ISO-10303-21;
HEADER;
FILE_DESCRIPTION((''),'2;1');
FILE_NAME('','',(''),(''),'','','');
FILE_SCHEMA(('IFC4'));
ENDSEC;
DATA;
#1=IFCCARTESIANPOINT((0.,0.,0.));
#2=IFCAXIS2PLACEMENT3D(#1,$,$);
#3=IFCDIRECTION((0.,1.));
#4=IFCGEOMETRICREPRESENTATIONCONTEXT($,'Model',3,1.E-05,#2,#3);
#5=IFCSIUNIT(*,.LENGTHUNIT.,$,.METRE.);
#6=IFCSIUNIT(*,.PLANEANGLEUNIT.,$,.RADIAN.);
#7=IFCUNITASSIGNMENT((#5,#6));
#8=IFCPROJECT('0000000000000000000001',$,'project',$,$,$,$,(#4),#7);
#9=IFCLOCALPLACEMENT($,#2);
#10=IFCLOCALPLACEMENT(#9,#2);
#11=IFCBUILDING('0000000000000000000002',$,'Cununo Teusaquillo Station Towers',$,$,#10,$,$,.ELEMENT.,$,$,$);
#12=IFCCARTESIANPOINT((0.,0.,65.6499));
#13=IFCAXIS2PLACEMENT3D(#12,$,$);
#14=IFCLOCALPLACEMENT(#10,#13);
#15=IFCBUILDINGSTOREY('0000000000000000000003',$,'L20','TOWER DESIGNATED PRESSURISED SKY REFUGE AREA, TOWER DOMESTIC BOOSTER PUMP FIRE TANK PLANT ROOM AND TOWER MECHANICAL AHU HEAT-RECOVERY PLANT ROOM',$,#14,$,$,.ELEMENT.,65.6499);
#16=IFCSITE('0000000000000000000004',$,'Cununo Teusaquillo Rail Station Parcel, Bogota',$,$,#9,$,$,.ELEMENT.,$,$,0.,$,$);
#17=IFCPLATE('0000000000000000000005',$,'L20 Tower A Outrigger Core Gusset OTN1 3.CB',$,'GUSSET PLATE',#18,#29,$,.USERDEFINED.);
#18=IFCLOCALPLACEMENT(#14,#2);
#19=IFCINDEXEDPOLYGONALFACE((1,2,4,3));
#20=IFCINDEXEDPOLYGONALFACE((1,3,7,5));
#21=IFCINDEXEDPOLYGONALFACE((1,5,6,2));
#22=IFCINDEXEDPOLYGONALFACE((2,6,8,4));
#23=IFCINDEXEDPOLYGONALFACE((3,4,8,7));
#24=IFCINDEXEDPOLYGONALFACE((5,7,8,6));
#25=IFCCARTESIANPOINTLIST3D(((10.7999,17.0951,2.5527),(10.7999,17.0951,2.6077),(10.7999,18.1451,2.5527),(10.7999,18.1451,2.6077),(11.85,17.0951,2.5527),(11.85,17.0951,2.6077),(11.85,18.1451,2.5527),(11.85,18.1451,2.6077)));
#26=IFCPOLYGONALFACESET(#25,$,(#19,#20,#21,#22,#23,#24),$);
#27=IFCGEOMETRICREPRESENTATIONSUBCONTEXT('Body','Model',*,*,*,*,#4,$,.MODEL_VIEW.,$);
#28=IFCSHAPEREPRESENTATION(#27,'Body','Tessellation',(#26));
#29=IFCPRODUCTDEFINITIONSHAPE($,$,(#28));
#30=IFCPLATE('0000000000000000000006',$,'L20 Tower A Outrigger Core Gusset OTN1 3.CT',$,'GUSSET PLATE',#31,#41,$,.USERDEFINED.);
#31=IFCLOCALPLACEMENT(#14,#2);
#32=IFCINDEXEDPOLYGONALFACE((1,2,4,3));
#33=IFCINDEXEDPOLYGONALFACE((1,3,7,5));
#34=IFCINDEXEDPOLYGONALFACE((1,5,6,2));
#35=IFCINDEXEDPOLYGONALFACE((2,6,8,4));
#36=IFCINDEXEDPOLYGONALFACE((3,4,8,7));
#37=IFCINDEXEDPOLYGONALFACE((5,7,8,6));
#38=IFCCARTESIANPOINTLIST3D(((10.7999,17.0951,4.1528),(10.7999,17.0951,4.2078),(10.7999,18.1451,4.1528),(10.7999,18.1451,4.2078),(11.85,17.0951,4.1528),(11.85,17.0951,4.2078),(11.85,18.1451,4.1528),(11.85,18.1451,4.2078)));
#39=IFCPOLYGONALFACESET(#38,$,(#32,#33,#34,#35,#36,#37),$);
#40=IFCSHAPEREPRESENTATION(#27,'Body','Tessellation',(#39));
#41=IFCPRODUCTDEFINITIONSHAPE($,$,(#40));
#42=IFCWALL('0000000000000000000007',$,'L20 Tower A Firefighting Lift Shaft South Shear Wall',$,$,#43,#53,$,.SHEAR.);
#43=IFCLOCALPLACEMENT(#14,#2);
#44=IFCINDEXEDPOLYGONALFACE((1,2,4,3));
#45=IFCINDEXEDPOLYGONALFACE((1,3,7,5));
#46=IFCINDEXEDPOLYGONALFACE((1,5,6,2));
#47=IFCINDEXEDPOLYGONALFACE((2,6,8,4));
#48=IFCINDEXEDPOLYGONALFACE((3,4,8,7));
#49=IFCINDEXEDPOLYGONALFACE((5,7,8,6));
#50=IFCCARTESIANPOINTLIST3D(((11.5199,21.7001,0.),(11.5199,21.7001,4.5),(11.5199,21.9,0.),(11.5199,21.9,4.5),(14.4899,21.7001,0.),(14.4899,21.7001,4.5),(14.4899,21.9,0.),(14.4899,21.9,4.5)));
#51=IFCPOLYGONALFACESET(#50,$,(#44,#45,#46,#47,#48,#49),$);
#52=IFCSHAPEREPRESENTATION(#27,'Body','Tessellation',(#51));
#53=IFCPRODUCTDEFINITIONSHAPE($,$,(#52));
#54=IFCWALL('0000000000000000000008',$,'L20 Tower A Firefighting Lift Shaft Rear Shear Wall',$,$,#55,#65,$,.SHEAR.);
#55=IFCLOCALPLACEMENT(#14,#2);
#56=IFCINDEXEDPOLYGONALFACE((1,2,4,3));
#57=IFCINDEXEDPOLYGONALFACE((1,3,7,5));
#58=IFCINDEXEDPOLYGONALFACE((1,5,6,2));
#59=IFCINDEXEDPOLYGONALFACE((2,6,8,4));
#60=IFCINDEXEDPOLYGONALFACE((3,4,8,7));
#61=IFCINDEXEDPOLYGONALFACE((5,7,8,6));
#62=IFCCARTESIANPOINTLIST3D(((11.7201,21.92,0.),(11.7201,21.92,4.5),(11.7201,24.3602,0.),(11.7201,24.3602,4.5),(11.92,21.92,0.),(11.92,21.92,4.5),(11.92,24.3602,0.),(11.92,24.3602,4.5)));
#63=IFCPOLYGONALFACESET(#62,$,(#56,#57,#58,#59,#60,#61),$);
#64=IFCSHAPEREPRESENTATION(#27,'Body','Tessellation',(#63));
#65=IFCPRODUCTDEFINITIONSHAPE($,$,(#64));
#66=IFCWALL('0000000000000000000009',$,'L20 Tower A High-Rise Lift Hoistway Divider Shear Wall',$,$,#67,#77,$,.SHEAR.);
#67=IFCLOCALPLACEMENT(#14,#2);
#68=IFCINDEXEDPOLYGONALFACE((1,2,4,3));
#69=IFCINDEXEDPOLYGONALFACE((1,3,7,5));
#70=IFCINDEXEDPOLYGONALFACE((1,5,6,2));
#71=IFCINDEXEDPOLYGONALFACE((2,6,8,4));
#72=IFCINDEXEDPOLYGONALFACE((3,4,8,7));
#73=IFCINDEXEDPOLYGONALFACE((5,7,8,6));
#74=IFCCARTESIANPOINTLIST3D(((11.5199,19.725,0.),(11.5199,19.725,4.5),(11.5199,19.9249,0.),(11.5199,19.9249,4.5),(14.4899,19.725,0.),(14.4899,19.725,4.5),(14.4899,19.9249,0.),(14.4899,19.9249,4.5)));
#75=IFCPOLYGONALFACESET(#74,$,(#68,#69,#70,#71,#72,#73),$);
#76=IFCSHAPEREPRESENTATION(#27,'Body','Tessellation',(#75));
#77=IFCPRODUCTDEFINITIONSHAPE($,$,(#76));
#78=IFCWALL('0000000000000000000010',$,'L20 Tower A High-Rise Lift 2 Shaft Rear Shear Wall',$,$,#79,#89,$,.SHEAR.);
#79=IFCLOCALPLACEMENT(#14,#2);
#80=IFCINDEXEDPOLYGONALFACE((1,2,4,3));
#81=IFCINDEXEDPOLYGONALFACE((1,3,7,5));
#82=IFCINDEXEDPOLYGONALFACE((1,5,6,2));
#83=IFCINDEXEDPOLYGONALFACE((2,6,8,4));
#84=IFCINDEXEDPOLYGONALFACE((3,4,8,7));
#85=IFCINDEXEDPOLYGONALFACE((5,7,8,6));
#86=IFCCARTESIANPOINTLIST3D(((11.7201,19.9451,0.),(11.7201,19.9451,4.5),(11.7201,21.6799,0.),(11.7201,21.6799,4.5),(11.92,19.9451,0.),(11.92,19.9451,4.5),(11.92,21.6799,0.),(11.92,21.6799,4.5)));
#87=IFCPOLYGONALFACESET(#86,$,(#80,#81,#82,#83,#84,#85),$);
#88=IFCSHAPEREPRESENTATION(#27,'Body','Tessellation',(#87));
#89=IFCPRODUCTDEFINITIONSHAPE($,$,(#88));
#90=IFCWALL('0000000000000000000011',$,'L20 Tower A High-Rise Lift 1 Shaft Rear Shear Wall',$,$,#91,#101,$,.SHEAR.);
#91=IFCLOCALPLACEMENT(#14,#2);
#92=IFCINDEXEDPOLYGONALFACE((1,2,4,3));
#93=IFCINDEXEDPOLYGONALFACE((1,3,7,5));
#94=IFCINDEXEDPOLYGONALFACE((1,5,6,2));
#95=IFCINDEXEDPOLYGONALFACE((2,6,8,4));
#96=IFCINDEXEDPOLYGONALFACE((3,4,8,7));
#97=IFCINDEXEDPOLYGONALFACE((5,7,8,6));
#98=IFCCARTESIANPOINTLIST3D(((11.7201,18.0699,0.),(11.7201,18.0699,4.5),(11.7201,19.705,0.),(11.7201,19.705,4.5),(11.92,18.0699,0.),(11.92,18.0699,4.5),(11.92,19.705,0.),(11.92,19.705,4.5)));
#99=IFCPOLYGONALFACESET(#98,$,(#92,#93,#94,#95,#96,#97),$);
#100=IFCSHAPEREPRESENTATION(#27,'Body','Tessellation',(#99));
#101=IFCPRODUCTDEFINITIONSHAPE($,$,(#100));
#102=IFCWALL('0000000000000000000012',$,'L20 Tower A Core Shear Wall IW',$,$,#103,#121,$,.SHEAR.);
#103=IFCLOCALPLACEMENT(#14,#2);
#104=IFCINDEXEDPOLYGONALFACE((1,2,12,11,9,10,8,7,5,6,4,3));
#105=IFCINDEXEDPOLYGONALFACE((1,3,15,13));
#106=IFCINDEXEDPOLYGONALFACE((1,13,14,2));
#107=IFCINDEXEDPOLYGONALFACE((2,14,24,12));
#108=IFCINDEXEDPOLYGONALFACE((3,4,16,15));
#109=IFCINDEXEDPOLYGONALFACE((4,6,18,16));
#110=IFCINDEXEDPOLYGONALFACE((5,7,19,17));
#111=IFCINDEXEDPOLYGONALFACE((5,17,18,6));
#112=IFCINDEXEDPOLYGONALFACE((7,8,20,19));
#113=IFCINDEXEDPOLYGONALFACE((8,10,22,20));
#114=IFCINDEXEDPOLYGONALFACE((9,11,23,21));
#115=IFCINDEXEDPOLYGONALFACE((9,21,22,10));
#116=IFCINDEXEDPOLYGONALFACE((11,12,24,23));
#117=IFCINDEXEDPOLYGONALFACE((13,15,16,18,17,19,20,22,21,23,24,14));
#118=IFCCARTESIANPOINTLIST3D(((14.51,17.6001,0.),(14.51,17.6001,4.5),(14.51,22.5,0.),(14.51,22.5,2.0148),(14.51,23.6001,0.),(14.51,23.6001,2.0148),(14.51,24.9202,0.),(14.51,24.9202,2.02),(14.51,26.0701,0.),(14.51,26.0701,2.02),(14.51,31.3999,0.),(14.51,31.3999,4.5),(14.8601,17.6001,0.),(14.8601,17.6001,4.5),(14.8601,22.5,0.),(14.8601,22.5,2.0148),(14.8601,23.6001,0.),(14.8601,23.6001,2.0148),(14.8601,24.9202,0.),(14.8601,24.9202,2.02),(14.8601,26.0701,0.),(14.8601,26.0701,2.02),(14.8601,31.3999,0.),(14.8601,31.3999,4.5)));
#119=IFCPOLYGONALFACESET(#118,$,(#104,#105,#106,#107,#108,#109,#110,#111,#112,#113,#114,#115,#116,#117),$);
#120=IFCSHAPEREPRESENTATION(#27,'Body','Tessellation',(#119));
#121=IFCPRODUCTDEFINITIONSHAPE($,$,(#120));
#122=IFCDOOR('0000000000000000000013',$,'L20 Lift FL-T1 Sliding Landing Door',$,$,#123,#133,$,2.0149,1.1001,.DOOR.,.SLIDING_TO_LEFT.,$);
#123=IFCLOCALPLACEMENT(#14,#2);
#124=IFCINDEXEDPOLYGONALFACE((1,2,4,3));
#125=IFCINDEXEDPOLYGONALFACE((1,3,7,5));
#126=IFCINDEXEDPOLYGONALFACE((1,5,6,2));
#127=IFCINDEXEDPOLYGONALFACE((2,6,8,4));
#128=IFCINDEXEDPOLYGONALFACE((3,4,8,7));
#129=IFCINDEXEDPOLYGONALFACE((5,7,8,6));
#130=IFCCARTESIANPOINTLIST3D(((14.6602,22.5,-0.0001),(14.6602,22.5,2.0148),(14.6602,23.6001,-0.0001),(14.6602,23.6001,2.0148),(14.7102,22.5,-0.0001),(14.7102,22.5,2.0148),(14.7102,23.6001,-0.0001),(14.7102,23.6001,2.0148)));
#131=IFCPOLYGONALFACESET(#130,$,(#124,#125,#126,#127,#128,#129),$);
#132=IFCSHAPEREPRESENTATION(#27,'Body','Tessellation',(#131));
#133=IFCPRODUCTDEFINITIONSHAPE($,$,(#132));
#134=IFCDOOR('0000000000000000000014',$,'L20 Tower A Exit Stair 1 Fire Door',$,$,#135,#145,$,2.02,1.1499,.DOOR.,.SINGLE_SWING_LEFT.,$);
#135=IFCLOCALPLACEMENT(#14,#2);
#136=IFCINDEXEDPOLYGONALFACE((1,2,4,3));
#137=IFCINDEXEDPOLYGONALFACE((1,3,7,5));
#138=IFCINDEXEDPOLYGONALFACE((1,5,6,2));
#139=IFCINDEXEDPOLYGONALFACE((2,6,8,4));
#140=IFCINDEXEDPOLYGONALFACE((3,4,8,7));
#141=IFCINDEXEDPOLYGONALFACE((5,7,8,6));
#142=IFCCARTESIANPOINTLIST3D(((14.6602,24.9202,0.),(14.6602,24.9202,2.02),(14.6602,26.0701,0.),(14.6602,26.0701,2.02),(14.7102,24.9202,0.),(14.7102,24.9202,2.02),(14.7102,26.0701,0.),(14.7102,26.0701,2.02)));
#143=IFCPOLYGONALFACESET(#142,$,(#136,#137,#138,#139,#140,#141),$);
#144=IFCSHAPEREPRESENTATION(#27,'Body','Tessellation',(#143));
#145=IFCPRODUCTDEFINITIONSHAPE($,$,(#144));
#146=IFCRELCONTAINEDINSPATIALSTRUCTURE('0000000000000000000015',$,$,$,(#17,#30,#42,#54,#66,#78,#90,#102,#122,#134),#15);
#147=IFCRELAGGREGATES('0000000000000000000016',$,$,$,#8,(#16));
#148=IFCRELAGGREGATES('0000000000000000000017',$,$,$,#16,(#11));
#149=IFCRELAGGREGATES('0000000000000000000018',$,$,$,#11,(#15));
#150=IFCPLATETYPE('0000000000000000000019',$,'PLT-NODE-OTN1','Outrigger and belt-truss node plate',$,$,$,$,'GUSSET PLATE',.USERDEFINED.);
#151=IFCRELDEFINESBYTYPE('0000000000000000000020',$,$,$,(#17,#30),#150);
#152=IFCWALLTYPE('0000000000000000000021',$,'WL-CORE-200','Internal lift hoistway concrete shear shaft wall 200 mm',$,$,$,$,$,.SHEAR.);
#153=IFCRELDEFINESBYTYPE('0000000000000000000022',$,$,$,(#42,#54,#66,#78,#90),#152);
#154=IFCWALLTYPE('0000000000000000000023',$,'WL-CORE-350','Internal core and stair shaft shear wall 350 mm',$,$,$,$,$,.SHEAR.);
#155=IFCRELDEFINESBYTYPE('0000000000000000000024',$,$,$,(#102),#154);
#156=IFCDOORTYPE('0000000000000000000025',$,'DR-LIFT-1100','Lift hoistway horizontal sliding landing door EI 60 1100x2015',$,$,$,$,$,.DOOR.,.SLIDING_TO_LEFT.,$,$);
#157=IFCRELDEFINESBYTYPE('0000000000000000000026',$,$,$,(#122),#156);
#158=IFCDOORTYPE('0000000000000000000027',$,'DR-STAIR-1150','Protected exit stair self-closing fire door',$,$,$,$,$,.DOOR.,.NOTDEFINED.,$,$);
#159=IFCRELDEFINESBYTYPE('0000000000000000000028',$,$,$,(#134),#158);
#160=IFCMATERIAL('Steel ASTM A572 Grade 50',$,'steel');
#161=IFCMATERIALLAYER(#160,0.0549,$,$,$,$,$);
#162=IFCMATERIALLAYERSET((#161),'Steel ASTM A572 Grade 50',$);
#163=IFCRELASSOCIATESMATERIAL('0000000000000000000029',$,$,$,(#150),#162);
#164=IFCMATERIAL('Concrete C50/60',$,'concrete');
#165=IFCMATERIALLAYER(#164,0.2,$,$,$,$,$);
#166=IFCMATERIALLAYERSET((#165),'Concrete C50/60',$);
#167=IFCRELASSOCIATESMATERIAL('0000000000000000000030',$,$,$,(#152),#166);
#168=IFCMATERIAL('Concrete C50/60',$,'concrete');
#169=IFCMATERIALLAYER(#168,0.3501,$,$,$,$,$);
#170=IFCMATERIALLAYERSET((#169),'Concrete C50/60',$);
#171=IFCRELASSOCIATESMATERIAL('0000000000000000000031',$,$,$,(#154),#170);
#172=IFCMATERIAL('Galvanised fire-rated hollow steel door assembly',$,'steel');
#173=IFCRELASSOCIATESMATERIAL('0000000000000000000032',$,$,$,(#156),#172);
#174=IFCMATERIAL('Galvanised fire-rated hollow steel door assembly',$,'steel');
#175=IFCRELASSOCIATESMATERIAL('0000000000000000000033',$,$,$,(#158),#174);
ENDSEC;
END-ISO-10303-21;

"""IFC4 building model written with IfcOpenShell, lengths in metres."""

from ifc_helpers import new_model, si_unit, direction, frame, frame_2d, origin, origin_2d, place, context, subcontext, project, spatial, rectangle, extrude, source, transform, mapped, material, layer, layer_set, type_object, element, fill, save


model = new_model("IFC4")

# Units and contexts
model_context = context("Model", 3, precision=1e-05, world=origin(), true_north=direction((0.0, 1.0)))
body_context = subcontext(model_context, "Body", "Model", "MODEL_VIEW")
ifc_project = project(units=[si_unit("LENGTHUNIT", "METRE"), si_unit("PLANEANGLEUNIT", "RADIAN")], contexts=[model_context])

# Site, building, storey
site_placement = place(None, origin())
site = spatial("IfcSite", under=ifc_project, at=site_placement, Name="Cununo Teusaquillo Rail Station Parcel, Bogota", CompositionType="ELEMENT", RefElevation=0.0)
building_placement = place(site_placement, origin())
building = spatial("IfcBuilding", under=site, at=building_placement, Name="Cununo Teusaquillo Station Towers", CompositionType="ELEMENT")
storey_placement = place(building_placement, frame((0.0, 0.0, 65.6499)))
storey = spatial("IfcBuildingStorey", under=building, at=storey_placement, Name="L20", Description="TOWER DESIGNATED PRESSURISED SKY REFUGE AREA, TOWER DOMESTIC BOOSTER PUMP FIRE TANK PLANT ROOM AND TOWER MECHANICAL AHU HEAT-RECOVERY PLANT ROOM", CompositionType="ELEMENT", Elevation=65.6499)

# Plates
ifc_material_1 = material(Name="Steel ASTM A572 Grade 50", Category="steel")
ifc_layer_1 = layer(ifc_material_1, 0.0549)
ifc_layer_set_1 = layer_set([ifc_layer_1], Name="Steel ASTM A572 Grade 50")
plate_type = type_object("IfcPlateType", Name="PLT-NODE-OTN1", Description="Outrigger and belt-truss node plate", ElementType="GUSSET PLATE", PredefinedType="USERDEFINED", material=ifc_layer_set_1)
shared_shape_1 = source(origin(), body_context, "Body", "SweptSolid", [
    extrude(rectangle(XDim=1.05, YDim=1.05, at=origin_2d()), origin(), (0.0, 0.0, 1.0), 0.0549),
])
for number, where, z_axis, x_axis, name in (
    (1, (11.325, 17.6201, 2.5527), (0.0, 0.0, 1.0), (1.0, 0.0, 0.0), "L20 Tower A Outrigger Core Gusset OTN1 3.CB"),
    (2, (11.325, 17.6201, 4.1528), (0.0, 0.0, 1.0), (1.0, 0.0, 0.0), "L20 Tower A Outrigger Core Gusset OTN1 3.CT"),
):
    element("IfcPlate", number, at=place(storey_placement, frame(where, z_axis=z_axis, x_axis=x_axis)), inside=storey, type_object=plate_type, Name=name, ObjectType="GUSSET PLATE", PredefinedType="USERDEFINED", context=body_context, shape_type="MappedRepresentation", body=[
        mapped(shared_shape_1, transform((0.0, 0.0, 0.0), x_axis=(1.0, 0.0, 0.0), y_axis=(0.0, 1.0, 0.0), z_axis=(0.0, 0.0, 1.0), scale=1.0)),
    ])

# Walls
ifc_material_2 = material(Name="Concrete C50/60", Category="concrete")
ifc_layer_2 = layer(ifc_material_2, 0.2)
ifc_layer_set_2 = layer_set([ifc_layer_2], Name="Concrete C50/60")
wall_type_1 = type_object("IfcWallType", Name="WL-CORE-200", Description="Internal lift hoistway concrete shear shaft wall 200 mm", PredefinedType="SHEAR", material=ifc_layer_set_2)
wall_1_placement = place(storey_placement, frame((11.52, 21.8, 0.0), z_axis=(0.0, 0.0, 1.0), x_axis=(1.0, 0.0, 0.0)))
element("IfcWall", 3, at=wall_1_placement, inside=storey, type_object=wall_type_1, Name="L20 Tower A Firefighting Lift Shaft South Shear Wall", PredefinedType="SHEAR", context=body_context, shape_type="SweptSolid", body=[
    extrude(rectangle(XDim=2.97, YDim=0.2, at=frame_2d((1.4849, 0.0))), origin(), (0.0, 0.0, 1.0), 4.5),
])
wall_2_placement = place(storey_placement, frame((11.8201, 21.9199, 0.0), z_axis=(0.0, 0.0, 1.0), x_axis=(0.0, 1.0, 0.0)))
element("IfcWall", 4, at=wall_2_placement, inside=storey, type_object=wall_type_1, Name="L20 Tower A Firefighting Lift Shaft Rear Shear Wall", PredefinedType="SHEAR", context=body_context, shape_type="SweptSolid", body=[
    extrude(rectangle(XDim=2.4402, YDim=0.2, at=frame_2d((1.2202, 0.0))), origin(), (0.0, 0.0, 1.0), 4.5),
])
wall_3_placement = place(storey_placement, frame((11.52, 19.825, 0.0), z_axis=(0.0, 0.0, 1.0), x_axis=(1.0, 0.0, 0.0)))
element("IfcWall", 5, at=wall_3_placement, inside=storey, type_object=wall_type_1, Name="L20 Tower A High-Rise Lift Hoistway Divider Shear Wall", PredefinedType="SHEAR", context=body_context, shape_type="SweptSolid", body=[
    extrude(rectangle(XDim=2.97, YDim=0.2, at=frame_2d((1.4849, 0.0))), origin(), (0.0, 0.0, 1.0), 4.5),
])
wall_4_placement = place(storey_placement, frame((11.8201, 19.9451, 0.0), z_axis=(0.0, 0.0, 1.0), x_axis=(0.0, 1.0, 0.0)))
element("IfcWall", 6, at=wall_4_placement, inside=storey, type_object=wall_type_1, Name="L20 Tower A High-Rise Lift 2 Shaft Rear Shear Wall", PredefinedType="SHEAR", context=body_context, shape_type="SweptSolid", body=[
    extrude(rectangle(XDim=1.7349, YDim=0.2, at=frame_2d((0.8674, 0.0))), origin(), (0.0, 0.0, 1.0), 4.5),
])
wall_5_placement = place(storey_placement, frame((11.8201, 18.0701, 0.0), z_axis=(0.0, 0.0, 1.0), x_axis=(0.0, 1.0, 0.0)))
element("IfcWall", 7, at=wall_5_placement, inside=storey, type_object=wall_type_1, Name="L20 Tower A High-Rise Lift 1 Shaft Rear Shear Wall", PredefinedType="SHEAR", context=body_context, shape_type="SweptSolid", body=[
    extrude(rectangle(XDim=1.635, YDim=0.2, at=frame_2d((0.8174, 0.0))), origin(), (0.0, 0.0, 1.0), 4.5),
])

# Wall, openings, doors
ifc_material_3 = material(Name="Concrete C50/60", Category="concrete")
ifc_layer_3 = layer(ifc_material_3, 0.3501)
ifc_layer_set_3 = layer_set([ifc_layer_3], Name="Concrete C50/60")
wall_type_2 = type_object("IfcWallType", Name="WL-CORE-350", Description="Internal core and stair shaft shear wall 350 mm", PredefinedType="SHEAR", material=ifc_layer_set_3)
wall_6_placement = place(storey_placement, frame((14.6851, 17.6001, 0.0), z_axis=(0.0, 0.0, 1.0), x_axis=(0.0, 1.0, 0.0)))
wall_6 = element("IfcWall", 8, at=wall_6_placement, inside=storey, type_object=wall_type_2, Name="L20 Tower A Core Shear Wall IW", PredefinedType="SHEAR", context=body_context, shape_type="SweptSolid", body=[
    extrude(rectangle(XDim=13.7998, YDim=0.3501, at=frame_2d((6.8999, 0.0))), origin(), (0.0, 0.0, 1.0), 4.5),
])
shared_shape_2 = source(origin(), body_context, "Body", "SweptSolid", [
    extrude(rectangle(XDim=1.1001, YDim=2.0149, at=frame_2d((0.55, 1.0073))), frame((0.0, 0.1851, 0.0), z_axis=(0.0, -1.0, 0.0), x_axis=(1.0, 0.0, 0.0)), (0.0, 0.0, 1.0), 0.3701),
])
opening_1_placement = place(wall_6_placement, frame((4.8999, 0.0, 0.0)))
opening_1 = element("IfcOpeningElement", 9, at=opening_1_placement, cuts=wall_6, PredefinedType="OPENING", context=body_context, shape_type="MappedRepresentation", body=[
    mapped(shared_shape_2, transform((0.0, 0.0, 0.0), x_axis=(1.0, 0.0, 0.0), y_axis=(0.0, 1.0, 0.0), z_axis=(0.0, 0.0, 1.0), scale=1.0)),
])
shared_shape_3 = source(origin(), body_context, "Body", "SweptSolid", [
    extrude(rectangle(XDim=1.1499, YDim=2.02, at=frame_2d((0.575, 1.01))), frame((0.0, 0.1851, 0.0), z_axis=(0.0, -1.0, 0.0), x_axis=(1.0, 0.0, 0.0)), (0.0, 0.0, 1.0), 0.3701),
])
opening_2_placement = place(wall_6_placement, frame((7.3201, 0.0, 0.0)))
opening_2 = element("IfcOpeningElement", 10, at=opening_2_placement, cuts=wall_6, PredefinedType="OPENING", context=body_context, shape_type="MappedRepresentation", body=[
    mapped(shared_shape_3, transform((0.0, 0.0, 0.0), x_axis=(1.0, 0.0, 0.0), y_axis=(0.0, 1.0, 0.0), z_axis=(0.0, 0.0, 1.0), scale=1.0)),
])
ifc_material_4 = material(Name="Galvanised fire-rated hollow steel door assembly", Category="steel")
door_type_1 = type_object("IfcDoorType", Name="DR-LIFT-1100", Description="Lift hoistway horizontal sliding landing door EI 60 1100x2015", OperationType="SLIDING_TO_LEFT", PredefinedType="DOOR", material=ifc_material_4)
shared_shape_4 = source(origin(), body_context, "Body", "SweptSolid", [
    extrude(rectangle(XDim=1.1001, YDim=2.0149, at=frame_2d((0.55, 1.0073))), frame((0.0, 0.0249, 0.0), z_axis=(0.0, -1.0, 0.0), x_axis=(1.0, 0.0, 0.0)), (0.0, 0.0, 1.0), 0.05),
])
door_1_placement = place(opening_1_placement, origin())
door_1 = element("IfcDoor", 11, at=door_1_placement, inside=storey, type_object=door_type_1, Name="L20 Lift FL-T1 Sliding Landing Door", OperationType="SLIDING_TO_LEFT", OverallHeight=2.0149, OverallWidth=1.1001, PredefinedType="DOOR", context=body_context, shape_type="MappedRepresentation", body=[
    mapped(shared_shape_4, transform((0.0, 0.0, 0.0), x_axis=(1.0, 0.0, 0.0), y_axis=(0.0, 1.0, 0.0), z_axis=(0.0, 0.0, 1.0), scale=1.0)),
])
fill(opening_1, door_1)
ifc_material_5 = material(Name="Galvanised fire-rated hollow steel door assembly", Category="steel")
door_type_2 = type_object("IfcDoorType", Name="DR-STAIR-1150", Description="Protected exit stair self-closing fire door", OperationType="NOTDEFINED", PredefinedType="DOOR", material=ifc_material_5)
shared_shape_5 = source(origin(), body_context, "Body", "SweptSolid", [
    extrude(rectangle(XDim=1.1499, YDim=2.02, at=frame_2d((0.575, 1.01))), frame((0.0, 0.0249, 0.0), z_axis=(0.0, -1.0, 0.0), x_axis=(1.0, 0.0, 0.0)), (0.0, 0.0, 1.0), 0.05),
])
door_2_placement = place(opening_2_placement, origin())
door_2 = element("IfcDoor", 12, at=door_2_placement, inside=storey, type_object=door_type_2, Name="L20 Tower A Exit Stair 1 Fire Door", OperationType="SINGLE_SWING_LEFT", OverallHeight=2.02, OverallWidth=1.1499, PredefinedType="DOOR", context=body_context, shape_type="MappedRepresentation", body=[
    mapped(shared_shape_5, transform((0.0, 0.0, 0.0), x_axis=(1.0, 0.0, 0.0), y_axis=(0.0, 1.0, 0.0), z_axis=(0.0, 0.0, 1.0), scale=1.0)),
])
fill(opening_2, door_2)

save(model, "model.ifc")
